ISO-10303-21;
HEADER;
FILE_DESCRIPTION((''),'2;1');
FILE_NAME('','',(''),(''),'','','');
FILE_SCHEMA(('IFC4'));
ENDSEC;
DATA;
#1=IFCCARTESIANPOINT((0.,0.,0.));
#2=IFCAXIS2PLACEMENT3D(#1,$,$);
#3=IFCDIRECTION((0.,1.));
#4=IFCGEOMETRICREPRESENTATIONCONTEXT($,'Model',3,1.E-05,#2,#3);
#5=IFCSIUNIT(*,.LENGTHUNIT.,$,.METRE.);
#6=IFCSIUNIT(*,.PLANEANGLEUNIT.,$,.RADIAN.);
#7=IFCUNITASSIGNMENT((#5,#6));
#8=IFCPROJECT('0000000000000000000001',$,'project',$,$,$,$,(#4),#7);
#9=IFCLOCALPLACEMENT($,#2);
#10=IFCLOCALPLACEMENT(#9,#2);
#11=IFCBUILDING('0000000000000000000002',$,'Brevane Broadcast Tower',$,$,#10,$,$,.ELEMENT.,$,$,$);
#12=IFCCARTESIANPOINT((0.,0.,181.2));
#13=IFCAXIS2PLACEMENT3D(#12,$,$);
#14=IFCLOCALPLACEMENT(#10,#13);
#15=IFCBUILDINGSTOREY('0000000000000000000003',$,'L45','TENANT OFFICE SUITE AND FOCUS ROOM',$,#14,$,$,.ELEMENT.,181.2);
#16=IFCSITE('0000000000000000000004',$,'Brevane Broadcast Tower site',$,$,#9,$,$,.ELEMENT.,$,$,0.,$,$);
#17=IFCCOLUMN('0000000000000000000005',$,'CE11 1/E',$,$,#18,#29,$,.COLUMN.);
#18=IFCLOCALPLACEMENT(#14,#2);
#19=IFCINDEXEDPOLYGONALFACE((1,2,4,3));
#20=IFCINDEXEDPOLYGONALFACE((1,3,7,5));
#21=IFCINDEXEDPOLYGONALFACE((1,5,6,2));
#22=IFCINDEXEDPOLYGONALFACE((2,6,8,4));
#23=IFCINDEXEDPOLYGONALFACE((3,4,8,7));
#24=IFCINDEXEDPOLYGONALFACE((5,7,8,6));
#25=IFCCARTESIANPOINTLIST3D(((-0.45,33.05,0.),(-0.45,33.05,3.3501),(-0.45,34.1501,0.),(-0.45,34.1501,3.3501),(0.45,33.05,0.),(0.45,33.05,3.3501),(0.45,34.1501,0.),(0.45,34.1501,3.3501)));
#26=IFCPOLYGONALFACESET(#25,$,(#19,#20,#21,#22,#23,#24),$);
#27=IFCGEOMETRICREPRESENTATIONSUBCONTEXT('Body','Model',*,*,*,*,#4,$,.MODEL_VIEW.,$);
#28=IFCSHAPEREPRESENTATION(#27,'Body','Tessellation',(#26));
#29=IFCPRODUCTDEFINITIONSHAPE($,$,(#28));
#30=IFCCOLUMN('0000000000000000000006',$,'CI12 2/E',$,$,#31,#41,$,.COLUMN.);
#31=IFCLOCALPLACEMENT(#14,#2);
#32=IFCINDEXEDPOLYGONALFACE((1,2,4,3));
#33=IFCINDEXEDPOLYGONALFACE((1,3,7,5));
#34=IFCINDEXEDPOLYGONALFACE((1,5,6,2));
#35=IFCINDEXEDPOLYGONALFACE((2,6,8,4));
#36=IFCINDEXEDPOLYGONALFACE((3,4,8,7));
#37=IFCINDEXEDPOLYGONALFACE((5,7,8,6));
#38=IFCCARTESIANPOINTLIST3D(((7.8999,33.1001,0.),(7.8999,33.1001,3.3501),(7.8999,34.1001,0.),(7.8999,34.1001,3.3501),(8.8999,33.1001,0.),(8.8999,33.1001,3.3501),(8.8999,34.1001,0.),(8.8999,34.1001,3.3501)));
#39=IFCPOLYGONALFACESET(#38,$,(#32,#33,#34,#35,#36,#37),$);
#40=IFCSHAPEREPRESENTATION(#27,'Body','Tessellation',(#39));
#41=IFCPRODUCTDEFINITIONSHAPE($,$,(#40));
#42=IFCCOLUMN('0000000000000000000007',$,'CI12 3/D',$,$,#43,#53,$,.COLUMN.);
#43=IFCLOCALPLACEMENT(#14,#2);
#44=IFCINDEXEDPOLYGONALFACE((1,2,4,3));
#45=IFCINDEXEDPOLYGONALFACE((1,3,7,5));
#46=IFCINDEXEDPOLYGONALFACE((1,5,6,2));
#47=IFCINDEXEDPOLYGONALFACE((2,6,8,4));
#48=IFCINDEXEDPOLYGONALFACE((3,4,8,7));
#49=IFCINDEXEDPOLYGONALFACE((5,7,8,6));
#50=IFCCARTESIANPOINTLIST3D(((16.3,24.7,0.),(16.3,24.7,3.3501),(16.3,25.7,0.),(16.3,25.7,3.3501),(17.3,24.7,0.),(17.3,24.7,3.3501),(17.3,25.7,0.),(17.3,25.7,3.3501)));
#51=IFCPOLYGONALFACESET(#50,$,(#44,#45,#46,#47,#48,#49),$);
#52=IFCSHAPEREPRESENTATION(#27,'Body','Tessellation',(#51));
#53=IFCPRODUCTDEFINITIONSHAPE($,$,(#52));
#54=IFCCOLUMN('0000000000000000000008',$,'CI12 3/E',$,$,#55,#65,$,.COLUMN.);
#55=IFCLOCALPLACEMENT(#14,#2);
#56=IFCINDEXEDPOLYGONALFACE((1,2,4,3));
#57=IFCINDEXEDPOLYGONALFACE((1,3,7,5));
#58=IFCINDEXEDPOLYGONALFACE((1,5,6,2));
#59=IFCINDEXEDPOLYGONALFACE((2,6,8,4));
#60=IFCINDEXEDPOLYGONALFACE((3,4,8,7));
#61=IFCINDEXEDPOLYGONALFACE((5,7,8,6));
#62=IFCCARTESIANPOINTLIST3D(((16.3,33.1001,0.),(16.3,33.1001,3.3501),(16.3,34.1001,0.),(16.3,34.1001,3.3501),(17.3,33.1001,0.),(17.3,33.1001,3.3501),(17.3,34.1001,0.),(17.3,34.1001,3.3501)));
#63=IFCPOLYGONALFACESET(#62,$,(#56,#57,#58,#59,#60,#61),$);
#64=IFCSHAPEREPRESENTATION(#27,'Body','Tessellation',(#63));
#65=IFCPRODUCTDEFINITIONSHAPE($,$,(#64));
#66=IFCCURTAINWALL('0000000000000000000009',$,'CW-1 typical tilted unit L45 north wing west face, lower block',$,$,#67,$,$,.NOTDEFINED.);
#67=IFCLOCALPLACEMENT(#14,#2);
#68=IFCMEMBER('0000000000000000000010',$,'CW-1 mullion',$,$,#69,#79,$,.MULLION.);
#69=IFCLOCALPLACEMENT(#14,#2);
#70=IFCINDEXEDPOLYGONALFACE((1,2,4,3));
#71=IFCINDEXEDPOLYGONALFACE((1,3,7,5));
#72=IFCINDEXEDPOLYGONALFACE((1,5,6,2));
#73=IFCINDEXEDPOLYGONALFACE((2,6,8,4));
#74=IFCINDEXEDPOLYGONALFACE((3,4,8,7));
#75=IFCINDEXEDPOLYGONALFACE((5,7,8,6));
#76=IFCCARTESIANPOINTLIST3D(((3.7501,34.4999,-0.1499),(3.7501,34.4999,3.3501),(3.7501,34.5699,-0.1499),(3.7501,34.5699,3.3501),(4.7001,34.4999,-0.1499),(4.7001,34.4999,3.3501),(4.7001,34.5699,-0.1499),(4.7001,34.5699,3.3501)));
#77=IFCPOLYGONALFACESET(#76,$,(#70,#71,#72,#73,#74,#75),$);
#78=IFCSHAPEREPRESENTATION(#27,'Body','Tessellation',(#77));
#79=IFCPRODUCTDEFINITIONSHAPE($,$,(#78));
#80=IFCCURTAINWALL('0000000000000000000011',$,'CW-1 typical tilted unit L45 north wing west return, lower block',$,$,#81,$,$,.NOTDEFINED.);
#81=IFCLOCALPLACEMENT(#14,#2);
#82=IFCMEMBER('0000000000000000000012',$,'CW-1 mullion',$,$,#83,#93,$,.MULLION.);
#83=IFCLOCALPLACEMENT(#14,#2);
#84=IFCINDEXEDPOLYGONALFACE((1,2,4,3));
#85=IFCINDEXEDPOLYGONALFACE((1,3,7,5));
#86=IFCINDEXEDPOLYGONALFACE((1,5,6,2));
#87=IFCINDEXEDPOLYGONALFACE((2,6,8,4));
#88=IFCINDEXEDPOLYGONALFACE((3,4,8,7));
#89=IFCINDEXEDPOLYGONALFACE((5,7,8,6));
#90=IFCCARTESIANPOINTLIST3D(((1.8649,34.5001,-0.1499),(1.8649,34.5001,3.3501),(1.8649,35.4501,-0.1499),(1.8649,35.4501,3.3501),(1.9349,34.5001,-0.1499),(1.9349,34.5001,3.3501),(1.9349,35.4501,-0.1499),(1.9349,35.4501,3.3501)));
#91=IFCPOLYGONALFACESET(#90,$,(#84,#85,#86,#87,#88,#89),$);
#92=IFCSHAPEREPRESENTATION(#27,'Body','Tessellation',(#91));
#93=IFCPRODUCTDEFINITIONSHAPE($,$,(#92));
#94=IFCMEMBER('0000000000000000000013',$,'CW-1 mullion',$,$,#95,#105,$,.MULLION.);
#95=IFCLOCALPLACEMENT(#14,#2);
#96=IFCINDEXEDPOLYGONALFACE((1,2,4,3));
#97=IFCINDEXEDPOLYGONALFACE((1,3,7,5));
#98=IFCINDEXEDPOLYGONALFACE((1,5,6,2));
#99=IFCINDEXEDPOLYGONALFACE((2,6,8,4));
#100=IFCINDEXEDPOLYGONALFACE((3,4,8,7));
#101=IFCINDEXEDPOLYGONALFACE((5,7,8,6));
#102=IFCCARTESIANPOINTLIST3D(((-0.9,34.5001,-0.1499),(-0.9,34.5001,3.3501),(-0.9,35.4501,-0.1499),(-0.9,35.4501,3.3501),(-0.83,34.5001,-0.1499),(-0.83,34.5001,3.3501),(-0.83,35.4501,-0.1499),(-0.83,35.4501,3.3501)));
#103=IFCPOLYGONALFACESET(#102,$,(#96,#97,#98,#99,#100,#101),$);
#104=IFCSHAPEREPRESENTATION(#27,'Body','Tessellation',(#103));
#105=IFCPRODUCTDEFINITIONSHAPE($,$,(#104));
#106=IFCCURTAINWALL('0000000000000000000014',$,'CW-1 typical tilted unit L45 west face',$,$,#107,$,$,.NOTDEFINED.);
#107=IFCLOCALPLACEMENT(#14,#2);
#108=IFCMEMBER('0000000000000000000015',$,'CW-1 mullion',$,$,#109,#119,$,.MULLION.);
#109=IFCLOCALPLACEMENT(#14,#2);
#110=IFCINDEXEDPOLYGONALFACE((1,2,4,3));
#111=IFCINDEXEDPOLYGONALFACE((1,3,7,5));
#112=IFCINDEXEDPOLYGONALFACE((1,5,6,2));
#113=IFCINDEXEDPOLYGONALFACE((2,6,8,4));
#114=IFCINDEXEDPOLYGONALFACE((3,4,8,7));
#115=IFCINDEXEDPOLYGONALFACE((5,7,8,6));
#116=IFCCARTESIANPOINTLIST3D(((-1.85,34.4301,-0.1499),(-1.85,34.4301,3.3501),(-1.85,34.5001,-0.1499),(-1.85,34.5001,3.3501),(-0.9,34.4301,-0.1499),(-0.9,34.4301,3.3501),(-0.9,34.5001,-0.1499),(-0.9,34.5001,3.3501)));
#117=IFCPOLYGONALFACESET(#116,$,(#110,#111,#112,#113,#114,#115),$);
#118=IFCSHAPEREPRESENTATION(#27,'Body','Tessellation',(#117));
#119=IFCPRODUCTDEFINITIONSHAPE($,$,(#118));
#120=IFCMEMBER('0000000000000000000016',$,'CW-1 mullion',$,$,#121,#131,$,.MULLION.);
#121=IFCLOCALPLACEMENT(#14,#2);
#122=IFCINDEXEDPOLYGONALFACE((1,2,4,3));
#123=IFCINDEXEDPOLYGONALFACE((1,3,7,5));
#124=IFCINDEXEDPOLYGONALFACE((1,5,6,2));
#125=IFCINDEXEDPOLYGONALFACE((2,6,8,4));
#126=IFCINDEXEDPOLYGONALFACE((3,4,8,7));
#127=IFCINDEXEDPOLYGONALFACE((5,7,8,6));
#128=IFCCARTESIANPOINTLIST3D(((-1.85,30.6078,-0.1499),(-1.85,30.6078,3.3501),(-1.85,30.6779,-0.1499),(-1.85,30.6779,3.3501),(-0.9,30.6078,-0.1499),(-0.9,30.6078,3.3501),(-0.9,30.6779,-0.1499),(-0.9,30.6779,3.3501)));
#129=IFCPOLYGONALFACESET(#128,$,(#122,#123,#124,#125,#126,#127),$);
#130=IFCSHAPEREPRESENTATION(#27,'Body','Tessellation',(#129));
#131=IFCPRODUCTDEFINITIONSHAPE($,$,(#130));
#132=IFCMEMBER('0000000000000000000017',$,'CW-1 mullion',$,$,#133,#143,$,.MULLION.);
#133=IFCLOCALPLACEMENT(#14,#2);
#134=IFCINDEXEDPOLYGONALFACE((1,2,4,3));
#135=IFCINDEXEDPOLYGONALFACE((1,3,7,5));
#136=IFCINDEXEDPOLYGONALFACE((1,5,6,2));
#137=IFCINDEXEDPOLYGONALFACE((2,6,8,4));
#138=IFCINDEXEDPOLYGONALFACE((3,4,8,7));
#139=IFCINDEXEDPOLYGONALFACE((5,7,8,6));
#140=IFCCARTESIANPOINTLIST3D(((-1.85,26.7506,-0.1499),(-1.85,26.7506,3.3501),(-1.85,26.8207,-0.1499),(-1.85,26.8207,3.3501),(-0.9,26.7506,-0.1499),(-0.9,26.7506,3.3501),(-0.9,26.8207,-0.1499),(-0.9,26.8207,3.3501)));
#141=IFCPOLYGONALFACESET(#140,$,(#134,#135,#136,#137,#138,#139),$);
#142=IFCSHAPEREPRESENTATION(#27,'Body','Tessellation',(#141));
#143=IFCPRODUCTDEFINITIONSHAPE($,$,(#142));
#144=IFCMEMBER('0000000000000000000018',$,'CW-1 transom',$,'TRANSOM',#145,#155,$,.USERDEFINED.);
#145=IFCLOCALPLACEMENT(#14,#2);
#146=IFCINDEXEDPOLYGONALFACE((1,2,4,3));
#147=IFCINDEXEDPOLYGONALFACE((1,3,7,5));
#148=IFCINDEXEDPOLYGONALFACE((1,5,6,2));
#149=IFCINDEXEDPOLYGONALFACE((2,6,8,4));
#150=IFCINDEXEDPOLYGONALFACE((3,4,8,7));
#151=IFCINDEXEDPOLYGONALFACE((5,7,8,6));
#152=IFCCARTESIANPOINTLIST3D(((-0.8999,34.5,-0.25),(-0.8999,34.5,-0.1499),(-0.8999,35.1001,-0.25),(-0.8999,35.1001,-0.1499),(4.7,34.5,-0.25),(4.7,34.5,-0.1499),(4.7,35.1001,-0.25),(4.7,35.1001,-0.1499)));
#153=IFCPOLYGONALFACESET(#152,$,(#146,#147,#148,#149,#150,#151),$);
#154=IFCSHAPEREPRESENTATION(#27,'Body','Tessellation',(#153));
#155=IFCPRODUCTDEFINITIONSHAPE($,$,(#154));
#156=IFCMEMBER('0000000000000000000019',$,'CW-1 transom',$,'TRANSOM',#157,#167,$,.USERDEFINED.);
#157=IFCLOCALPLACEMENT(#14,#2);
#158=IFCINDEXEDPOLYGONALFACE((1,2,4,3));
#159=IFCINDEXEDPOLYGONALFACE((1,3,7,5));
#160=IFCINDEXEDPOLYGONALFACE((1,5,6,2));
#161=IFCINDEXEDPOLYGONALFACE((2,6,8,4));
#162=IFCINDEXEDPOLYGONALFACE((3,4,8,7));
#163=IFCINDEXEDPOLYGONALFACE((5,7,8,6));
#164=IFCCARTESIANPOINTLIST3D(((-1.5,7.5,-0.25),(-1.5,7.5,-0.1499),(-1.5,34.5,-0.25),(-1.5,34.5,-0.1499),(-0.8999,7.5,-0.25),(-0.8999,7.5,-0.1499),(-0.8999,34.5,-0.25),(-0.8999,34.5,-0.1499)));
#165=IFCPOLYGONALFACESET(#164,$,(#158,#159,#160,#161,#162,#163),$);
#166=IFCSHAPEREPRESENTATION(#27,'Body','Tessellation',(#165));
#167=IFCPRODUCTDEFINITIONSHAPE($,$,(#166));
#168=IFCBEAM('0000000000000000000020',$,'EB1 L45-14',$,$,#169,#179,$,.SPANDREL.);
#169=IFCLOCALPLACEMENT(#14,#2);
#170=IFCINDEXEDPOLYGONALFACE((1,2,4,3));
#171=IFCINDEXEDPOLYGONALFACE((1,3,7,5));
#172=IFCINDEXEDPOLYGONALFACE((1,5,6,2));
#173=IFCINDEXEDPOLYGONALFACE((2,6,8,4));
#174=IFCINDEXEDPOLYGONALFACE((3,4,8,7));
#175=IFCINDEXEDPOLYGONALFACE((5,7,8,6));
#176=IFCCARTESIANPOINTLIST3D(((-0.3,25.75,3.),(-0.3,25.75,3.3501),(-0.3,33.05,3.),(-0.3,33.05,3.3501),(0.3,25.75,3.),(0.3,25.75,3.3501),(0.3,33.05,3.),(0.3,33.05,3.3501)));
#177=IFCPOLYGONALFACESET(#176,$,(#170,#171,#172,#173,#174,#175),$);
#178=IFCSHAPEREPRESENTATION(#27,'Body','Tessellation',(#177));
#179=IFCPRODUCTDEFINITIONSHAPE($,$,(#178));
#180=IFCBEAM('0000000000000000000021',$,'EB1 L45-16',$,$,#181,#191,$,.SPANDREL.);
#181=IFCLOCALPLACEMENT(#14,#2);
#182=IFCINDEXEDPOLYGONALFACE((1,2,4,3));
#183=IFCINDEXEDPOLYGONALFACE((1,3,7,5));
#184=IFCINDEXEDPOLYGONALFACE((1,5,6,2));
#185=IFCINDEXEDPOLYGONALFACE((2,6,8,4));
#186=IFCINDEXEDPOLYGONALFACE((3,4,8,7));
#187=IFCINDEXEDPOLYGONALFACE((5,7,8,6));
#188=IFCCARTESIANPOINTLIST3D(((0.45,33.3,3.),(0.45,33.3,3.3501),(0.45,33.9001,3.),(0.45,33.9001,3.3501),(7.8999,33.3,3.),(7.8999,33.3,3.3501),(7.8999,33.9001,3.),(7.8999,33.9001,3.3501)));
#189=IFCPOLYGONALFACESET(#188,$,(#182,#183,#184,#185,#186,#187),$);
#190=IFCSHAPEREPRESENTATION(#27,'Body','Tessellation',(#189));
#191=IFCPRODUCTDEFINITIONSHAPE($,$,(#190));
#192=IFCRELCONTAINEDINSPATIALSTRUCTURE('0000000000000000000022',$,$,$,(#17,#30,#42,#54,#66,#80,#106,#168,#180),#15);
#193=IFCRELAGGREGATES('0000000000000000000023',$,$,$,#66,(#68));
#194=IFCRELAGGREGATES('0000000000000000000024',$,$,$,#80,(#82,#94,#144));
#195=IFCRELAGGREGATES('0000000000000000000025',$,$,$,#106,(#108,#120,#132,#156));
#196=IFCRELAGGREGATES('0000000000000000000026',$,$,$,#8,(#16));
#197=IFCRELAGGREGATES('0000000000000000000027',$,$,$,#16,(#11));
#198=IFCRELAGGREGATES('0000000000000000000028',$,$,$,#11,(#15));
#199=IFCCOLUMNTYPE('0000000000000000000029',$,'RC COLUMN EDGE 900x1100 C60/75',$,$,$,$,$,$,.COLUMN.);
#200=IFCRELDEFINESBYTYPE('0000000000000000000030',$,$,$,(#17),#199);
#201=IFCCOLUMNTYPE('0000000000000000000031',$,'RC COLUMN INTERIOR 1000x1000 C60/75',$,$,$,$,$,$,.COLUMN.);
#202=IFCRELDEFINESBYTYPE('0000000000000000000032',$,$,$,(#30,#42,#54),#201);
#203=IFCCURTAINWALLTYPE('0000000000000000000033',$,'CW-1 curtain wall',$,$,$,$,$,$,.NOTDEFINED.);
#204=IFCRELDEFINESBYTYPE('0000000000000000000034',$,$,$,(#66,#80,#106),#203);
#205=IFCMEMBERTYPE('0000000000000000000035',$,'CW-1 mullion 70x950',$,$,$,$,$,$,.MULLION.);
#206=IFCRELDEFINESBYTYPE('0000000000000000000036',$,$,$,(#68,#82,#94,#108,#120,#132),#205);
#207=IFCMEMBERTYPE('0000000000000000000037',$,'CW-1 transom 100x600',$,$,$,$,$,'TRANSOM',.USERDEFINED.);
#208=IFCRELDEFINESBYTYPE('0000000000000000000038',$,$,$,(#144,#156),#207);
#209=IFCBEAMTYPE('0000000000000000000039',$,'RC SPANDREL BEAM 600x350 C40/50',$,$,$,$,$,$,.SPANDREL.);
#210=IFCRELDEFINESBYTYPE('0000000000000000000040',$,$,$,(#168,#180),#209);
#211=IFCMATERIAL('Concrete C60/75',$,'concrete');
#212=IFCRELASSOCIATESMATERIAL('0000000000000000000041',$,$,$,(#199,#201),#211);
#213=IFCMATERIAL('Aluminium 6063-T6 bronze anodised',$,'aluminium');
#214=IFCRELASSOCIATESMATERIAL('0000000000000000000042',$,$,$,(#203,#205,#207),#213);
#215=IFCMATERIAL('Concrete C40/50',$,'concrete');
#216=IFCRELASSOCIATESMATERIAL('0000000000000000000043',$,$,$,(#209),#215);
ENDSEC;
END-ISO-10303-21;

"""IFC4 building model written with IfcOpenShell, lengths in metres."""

from ifc_helpers import new_model, si_unit, direction, frame, origin, origin_2d, place, context, subcontext, project, spatial, rectangle, extrude, material, material_profile, profile_set, type_object, element, aggregate, save


model = new_model("IFC4")

# Units and contexts
model_context = context("Model", 3, precision=1e-05, world=origin(), true_north=direction((0.0, 1.0)))
body_context = subcontext(model_context, "Body", "Model", "MODEL_VIEW")
ifc_project = project(units=[si_unit("LENGTHUNIT", "METRE"), si_unit("PLANEANGLEUNIT", "RADIAN")], contexts=[model_context])

# Site, building, storey
site_placement = place(None, origin())
site = spatial("IfcSite", under=ifc_project, at=site_placement, Name="Brevane Broadcast Tower site", CompositionType="ELEMENT", RefElevation=0.0)
building_placement = place(site_placement, origin())
building = spatial("IfcBuilding", under=site, at=building_placement, Name="Brevane Broadcast Tower", CompositionType="ELEMENT")
storey_placement = place(building_placement, frame((0.0, 0.0, 181.2)))
storey = spatial("IfcBuildingStorey", under=building, at=storey_placement, Name="L45", Description="TENANT OFFICE SUITE AND FOCUS ROOM", CompositionType="ELEMENT", Elevation=181.2)

# Columns
ifc_material_1 = material(Name="Concrete C60/75", Category="concrete")
ifc_material_profile_1 = material_profile(ifc_material_1, rectangle(XDim=0.8999, YDim=1.1001, at=origin_2d()), Name="RC 900x1100")
ifc_profile_set_1 = profile_set([ifc_material_profile_1], Name="Concrete C60/75")
column_type_1 = type_object("IfcColumnType", Name="RC COLUMN EDGE 900x1100 C60/75", PredefinedType="COLUMN", material=ifc_profile_set_1)
column_placement = place(storey_placement, frame((0.0, 33.6001, 0.0), z_axis=(0.0, 0.0, 1.0), x_axis=(1.0, 0.0, 0.0)))
element("IfcColumn", 1, at=column_placement, inside=storey, type_object=column_type_1, Name="CE11 1/E", PredefinedType="COLUMN", context=body_context, shape_type="SweptSolid", body=[
    extrude(rectangle(XDim=0.8999, YDim=1.1001, at=origin_2d()), origin(), (0.0, 0.0, 1.0), 3.3501),
])
ifc_material_profile_2 = material_profile(ifc_material_1, rectangle(XDim=1.0, YDim=1.0, at=origin_2d()), Name="RC 1000x1000")
ifc_profile_set_2 = profile_set([ifc_material_profile_2], Name="Concrete C60/75")
column_type_2 = type_object("IfcColumnType", Name="RC COLUMN INTERIOR 1000x1000 C60/75", PredefinedType="COLUMN", material=ifc_profile_set_2)
for number, where, z_axis, x_axis, name in (
    (2, (8.3999, 33.6001, 0.0), (0.0, 0.0, 1.0), (1.0, 0.0, 0.0), "CI12 2/E"),
    (3, (16.8, 25.2, 0.0), (0.0, 0.0, 1.0), (1.0, 0.0, 0.0), "CI12 3/D"),
    (4, (16.8, 33.6001, 0.0), (0.0, 0.0, 1.0), (1.0, 0.0, 0.0), "CI12 3/E"),
):
    element("IfcColumn", number, at=place(storey_placement, frame(where, z_axis=z_axis, x_axis=x_axis)), inside=storey, type_object=column_type_2, Name=name, PredefinedType="COLUMN", context=body_context, shape_type="SweptSolid", body=[
        extrude(rectangle(XDim=1.0, YDim=1.0, at=origin_2d()), origin(), (0.0, 0.0, 1.0), 3.3501),
    ])

# Curtain wall, member
ifc_material_2 = material(Name="Aluminium 6063-T6 bronze anodised", Category="aluminium")
curtain_wall_type = type_object("IfcCurtainWallType", Name="CW-1 curtain wall", PredefinedType="NOTDEFINED", material=ifc_material_2)
curtain_wall_1_placement = place(storey_placement, origin())
curtain_wall_1 = element("IfcCurtainWall", 5, at=curtain_wall_1_placement, inside=storey, type_object=curtain_wall_type, Name="CW-1 typical tilted unit L45 north wing west face, lower block", PredefinedType="NOTDEFINED")
ifc_material_profile_3 = material_profile(ifc_material_2, rectangle(XDim=0.95, YDim=0.0701, at=origin_2d()), Name="RECT 70x950")
ifc_profile_set_3 = profile_set([ifc_material_profile_3], Name="Aluminium 6063-T6 bronze anodised")
member_type_1 = type_object("IfcMemberType", Name="CW-1 mullion 70x950", PredefinedType="MULLION", material=ifc_profile_set_3)
member_1_placement = place(storey_placement, frame((4.2251, 34.5349, -0.1499), z_axis=(0.0, 0.0, 1.0), x_axis=(1.0, 0.0, 0.0)))
member_1 = element("IfcMember", 6, at=member_1_placement, type_object=member_type_1, Name="CW-1 mullion", PredefinedType="MULLION", context=body_context, shape_type="SweptSolid", body=[
    extrude(rectangle(XDim=0.95, YDim=0.0701, at=origin_2d()), origin(), (0.0, 0.0, 1.0), 3.5),
])
aggregate(curtain_wall_1, [member_1])

# Curtain walls, members
curtain_wall_2_placement = place(storey_placement, origin())
curtain_wall_2 = element("IfcCurtainWall", 7, at=curtain_wall_2_placement, inside=storey, type_object=curtain_wall_type, Name="CW-1 typical tilted unit L45 north wing west return, lower block", PredefinedType="NOTDEFINED")
member_2_placement = place(storey_placement, frame((1.8999, 34.9751, -0.1499), z_axis=(0.0, 0.0, 1.0), x_axis=(0.0, -1.0, 0.0)))
member_2 = element("IfcMember", 8, at=member_2_placement, type_object=member_type_1, Name="CW-1 mullion", PredefinedType="MULLION", context=body_context, shape_type="SweptSolid", body=[
    extrude(rectangle(XDim=0.95, YDim=0.0701, at=origin_2d()), origin(), (0.0, 0.0, 1.0), 3.5),
])
member_3_placement = place(storey_placement, frame((-0.865, 34.9751, -0.1499), z_axis=(0.0, 0.0, 1.0), x_axis=(0.0, -1.0, 0.0)))
member_3 = element("IfcMember", 9, at=member_3_placement, type_object=member_type_1, Name="CW-1 mullion", PredefinedType="MULLION", context=body_context, shape_type="SweptSolid", body=[
    extrude(rectangle(XDim=0.95, YDim=0.0701, at=origin_2d()), origin(), (0.0, 0.0, 1.0), 3.5),
])
curtain_wall_3_placement = place(storey_placement, origin())
curtain_wall_3 = element("IfcCurtainWall", 10, at=curtain_wall_3_placement, inside=storey, type_object=curtain_wall_type, Name="CW-1 typical tilted unit L45 west face", PredefinedType="NOTDEFINED")
member_4_placement = place(storey_placement, frame((-1.375, 34.4651, -0.1499), z_axis=(0.0, 0.0, 1.0), x_axis=(1.0, 0.0, 0.0)))
member_4 = element("IfcMember", 11, at=member_4_placement, type_object=member_type_1, Name="CW-1 mullion", PredefinedType="MULLION", context=body_context, shape_type="SweptSolid", body=[
    extrude(rectangle(XDim=0.95, YDim=0.0701, at=origin_2d()), origin(), (0.0, 0.0, 1.0), 3.5),
])
member_5_placement = place(storey_placement, frame((-1.375, 30.6428, -0.1499), z_axis=(0.0, 0.0, 1.0), x_axis=(1.0, 0.0, 0.0)))
member_5 = element("IfcMember", 12, at=member_5_placement, type_object=member_type_1, Name="CW-1 mullion", PredefinedType="MULLION", context=body_context, shape_type="SweptSolid", body=[
    extrude(rectangle(XDim=0.95, YDim=0.0701, at=origin_2d()), origin(), (0.0, 0.0, 1.0), 3.5),
])
member_6_placement = place(storey_placement, frame((-1.375, 26.7856, -0.1499), z_axis=(0.0, 0.0, 1.0), x_axis=(1.0, 0.0, 0.0)))
member_6 = element("IfcMember", 13, at=member_6_placement, type_object=member_type_1, Name="CW-1 mullion", PredefinedType="MULLION", context=body_context, shape_type="SweptSolid", body=[
    extrude(rectangle(XDim=0.95, YDim=0.0701, at=origin_2d()), origin(), (0.0, 0.0, 1.0), 3.5),
])

# Members
ifc_material_profile_4 = material_profile(ifc_material_2, rectangle(XDim=0.6001, YDim=0.1001, at=origin_2d()), Name="RECT 100x600")
ifc_profile_set_4 = profile_set([ifc_material_profile_4], Name="Aluminium 6063-T6 bronze anodised")
member_type_2 = type_object("IfcMemberType", Name="CW-1 transom 100x600", ElementType="TRANSOM", PredefinedType="USERDEFINED", material=ifc_profile_set_4)
member_7_placement = place(storey_placement, frame((4.7, 34.8, -0.2), z_axis=(-1.0, 0.0, 0.0), x_axis=(0.0, -1.0, 0.0)))
member_7 = element("IfcMember", 14, at=member_7_placement, type_object=member_type_2, Name="CW-1 transom", ObjectType="TRANSOM", PredefinedType="USERDEFINED", context=body_context, shape_type="SweptSolid", body=[
    extrude(rectangle(XDim=0.6001, YDim=0.1001, at=origin_2d()), origin(), (0.0, 0.0, 1.0), 5.5999),
])
aggregate(curtain_wall_2, [member_2, member_3, member_7])
member_8_placement = place(storey_placement, frame((-1.2, 34.5, -0.2), z_axis=(0.0, -1.0, 0.0), x_axis=(1.0, 0.0, 0.0)))
member_8 = element("IfcMember", 15, at=member_8_placement, type_object=member_type_2, Name="CW-1 transom", ObjectType="TRANSOM", PredefinedType="USERDEFINED", context=body_context, shape_type="SweptSolid", body=[
    extrude(rectangle(XDim=0.6001, YDim=0.1001, at=origin_2d()), origin(), (0.0, 0.0, 1.0), 27.0),
])
aggregate(curtain_wall_3, [member_4, member_5, member_6, member_8])

# Beams
ifc_material_3 = material(Name="Concrete C40/50", Category="concrete")
ifc_material_profile_5 = material_profile(ifc_material_3, rectangle(XDim=0.6001, YDim=0.3501, at=origin_2d()), Name="RC 600x350")
ifc_profile_set_5 = profile_set([ifc_material_profile_5], Name="Concrete C40/50")
beam_type = type_object("IfcBeamType", Name="RC SPANDREL BEAM 600x350 C40/50", PredefinedType="SPANDREL", material=ifc_profile_set_5)
beam_1_placement = place(storey_placement, frame((0.0, 33.05, 3.175), z_axis=(0.0, -1.0, 0.0), x_axis=(1.0, 0.0, 0.0)))
element("IfcBeam", 16, at=beam_1_placement, inside=storey, type_object=beam_type, Name="EB1 L45-14", PredefinedType="SPANDREL", context=body_context, shape_type="SweptSolid", body=[
    extrude(rectangle(XDim=0.6001, YDim=0.3501, at=origin_2d()), origin(), (0.0, 0.0, 1.0), 7.3),
])
beam_2_placement = place(storey_placement, frame((0.45, 33.6001, 3.175), z_axis=(1.0, 0.0, 0.0), x_axis=(0.0, 1.0, 0.0)))
element("IfcBeam", 17, at=beam_2_placement, inside=storey, type_object=beam_type, Name="EB1 L45-16", PredefinedType="SPANDREL", context=body_context, shape_type="SweptSolid", body=[
    extrude(rectangle(XDim=0.6001, YDim=0.3501, at=origin_2d()), origin(), (0.0, 0.0, 1.0), 7.45),
])

save(model, "model.ifc")
